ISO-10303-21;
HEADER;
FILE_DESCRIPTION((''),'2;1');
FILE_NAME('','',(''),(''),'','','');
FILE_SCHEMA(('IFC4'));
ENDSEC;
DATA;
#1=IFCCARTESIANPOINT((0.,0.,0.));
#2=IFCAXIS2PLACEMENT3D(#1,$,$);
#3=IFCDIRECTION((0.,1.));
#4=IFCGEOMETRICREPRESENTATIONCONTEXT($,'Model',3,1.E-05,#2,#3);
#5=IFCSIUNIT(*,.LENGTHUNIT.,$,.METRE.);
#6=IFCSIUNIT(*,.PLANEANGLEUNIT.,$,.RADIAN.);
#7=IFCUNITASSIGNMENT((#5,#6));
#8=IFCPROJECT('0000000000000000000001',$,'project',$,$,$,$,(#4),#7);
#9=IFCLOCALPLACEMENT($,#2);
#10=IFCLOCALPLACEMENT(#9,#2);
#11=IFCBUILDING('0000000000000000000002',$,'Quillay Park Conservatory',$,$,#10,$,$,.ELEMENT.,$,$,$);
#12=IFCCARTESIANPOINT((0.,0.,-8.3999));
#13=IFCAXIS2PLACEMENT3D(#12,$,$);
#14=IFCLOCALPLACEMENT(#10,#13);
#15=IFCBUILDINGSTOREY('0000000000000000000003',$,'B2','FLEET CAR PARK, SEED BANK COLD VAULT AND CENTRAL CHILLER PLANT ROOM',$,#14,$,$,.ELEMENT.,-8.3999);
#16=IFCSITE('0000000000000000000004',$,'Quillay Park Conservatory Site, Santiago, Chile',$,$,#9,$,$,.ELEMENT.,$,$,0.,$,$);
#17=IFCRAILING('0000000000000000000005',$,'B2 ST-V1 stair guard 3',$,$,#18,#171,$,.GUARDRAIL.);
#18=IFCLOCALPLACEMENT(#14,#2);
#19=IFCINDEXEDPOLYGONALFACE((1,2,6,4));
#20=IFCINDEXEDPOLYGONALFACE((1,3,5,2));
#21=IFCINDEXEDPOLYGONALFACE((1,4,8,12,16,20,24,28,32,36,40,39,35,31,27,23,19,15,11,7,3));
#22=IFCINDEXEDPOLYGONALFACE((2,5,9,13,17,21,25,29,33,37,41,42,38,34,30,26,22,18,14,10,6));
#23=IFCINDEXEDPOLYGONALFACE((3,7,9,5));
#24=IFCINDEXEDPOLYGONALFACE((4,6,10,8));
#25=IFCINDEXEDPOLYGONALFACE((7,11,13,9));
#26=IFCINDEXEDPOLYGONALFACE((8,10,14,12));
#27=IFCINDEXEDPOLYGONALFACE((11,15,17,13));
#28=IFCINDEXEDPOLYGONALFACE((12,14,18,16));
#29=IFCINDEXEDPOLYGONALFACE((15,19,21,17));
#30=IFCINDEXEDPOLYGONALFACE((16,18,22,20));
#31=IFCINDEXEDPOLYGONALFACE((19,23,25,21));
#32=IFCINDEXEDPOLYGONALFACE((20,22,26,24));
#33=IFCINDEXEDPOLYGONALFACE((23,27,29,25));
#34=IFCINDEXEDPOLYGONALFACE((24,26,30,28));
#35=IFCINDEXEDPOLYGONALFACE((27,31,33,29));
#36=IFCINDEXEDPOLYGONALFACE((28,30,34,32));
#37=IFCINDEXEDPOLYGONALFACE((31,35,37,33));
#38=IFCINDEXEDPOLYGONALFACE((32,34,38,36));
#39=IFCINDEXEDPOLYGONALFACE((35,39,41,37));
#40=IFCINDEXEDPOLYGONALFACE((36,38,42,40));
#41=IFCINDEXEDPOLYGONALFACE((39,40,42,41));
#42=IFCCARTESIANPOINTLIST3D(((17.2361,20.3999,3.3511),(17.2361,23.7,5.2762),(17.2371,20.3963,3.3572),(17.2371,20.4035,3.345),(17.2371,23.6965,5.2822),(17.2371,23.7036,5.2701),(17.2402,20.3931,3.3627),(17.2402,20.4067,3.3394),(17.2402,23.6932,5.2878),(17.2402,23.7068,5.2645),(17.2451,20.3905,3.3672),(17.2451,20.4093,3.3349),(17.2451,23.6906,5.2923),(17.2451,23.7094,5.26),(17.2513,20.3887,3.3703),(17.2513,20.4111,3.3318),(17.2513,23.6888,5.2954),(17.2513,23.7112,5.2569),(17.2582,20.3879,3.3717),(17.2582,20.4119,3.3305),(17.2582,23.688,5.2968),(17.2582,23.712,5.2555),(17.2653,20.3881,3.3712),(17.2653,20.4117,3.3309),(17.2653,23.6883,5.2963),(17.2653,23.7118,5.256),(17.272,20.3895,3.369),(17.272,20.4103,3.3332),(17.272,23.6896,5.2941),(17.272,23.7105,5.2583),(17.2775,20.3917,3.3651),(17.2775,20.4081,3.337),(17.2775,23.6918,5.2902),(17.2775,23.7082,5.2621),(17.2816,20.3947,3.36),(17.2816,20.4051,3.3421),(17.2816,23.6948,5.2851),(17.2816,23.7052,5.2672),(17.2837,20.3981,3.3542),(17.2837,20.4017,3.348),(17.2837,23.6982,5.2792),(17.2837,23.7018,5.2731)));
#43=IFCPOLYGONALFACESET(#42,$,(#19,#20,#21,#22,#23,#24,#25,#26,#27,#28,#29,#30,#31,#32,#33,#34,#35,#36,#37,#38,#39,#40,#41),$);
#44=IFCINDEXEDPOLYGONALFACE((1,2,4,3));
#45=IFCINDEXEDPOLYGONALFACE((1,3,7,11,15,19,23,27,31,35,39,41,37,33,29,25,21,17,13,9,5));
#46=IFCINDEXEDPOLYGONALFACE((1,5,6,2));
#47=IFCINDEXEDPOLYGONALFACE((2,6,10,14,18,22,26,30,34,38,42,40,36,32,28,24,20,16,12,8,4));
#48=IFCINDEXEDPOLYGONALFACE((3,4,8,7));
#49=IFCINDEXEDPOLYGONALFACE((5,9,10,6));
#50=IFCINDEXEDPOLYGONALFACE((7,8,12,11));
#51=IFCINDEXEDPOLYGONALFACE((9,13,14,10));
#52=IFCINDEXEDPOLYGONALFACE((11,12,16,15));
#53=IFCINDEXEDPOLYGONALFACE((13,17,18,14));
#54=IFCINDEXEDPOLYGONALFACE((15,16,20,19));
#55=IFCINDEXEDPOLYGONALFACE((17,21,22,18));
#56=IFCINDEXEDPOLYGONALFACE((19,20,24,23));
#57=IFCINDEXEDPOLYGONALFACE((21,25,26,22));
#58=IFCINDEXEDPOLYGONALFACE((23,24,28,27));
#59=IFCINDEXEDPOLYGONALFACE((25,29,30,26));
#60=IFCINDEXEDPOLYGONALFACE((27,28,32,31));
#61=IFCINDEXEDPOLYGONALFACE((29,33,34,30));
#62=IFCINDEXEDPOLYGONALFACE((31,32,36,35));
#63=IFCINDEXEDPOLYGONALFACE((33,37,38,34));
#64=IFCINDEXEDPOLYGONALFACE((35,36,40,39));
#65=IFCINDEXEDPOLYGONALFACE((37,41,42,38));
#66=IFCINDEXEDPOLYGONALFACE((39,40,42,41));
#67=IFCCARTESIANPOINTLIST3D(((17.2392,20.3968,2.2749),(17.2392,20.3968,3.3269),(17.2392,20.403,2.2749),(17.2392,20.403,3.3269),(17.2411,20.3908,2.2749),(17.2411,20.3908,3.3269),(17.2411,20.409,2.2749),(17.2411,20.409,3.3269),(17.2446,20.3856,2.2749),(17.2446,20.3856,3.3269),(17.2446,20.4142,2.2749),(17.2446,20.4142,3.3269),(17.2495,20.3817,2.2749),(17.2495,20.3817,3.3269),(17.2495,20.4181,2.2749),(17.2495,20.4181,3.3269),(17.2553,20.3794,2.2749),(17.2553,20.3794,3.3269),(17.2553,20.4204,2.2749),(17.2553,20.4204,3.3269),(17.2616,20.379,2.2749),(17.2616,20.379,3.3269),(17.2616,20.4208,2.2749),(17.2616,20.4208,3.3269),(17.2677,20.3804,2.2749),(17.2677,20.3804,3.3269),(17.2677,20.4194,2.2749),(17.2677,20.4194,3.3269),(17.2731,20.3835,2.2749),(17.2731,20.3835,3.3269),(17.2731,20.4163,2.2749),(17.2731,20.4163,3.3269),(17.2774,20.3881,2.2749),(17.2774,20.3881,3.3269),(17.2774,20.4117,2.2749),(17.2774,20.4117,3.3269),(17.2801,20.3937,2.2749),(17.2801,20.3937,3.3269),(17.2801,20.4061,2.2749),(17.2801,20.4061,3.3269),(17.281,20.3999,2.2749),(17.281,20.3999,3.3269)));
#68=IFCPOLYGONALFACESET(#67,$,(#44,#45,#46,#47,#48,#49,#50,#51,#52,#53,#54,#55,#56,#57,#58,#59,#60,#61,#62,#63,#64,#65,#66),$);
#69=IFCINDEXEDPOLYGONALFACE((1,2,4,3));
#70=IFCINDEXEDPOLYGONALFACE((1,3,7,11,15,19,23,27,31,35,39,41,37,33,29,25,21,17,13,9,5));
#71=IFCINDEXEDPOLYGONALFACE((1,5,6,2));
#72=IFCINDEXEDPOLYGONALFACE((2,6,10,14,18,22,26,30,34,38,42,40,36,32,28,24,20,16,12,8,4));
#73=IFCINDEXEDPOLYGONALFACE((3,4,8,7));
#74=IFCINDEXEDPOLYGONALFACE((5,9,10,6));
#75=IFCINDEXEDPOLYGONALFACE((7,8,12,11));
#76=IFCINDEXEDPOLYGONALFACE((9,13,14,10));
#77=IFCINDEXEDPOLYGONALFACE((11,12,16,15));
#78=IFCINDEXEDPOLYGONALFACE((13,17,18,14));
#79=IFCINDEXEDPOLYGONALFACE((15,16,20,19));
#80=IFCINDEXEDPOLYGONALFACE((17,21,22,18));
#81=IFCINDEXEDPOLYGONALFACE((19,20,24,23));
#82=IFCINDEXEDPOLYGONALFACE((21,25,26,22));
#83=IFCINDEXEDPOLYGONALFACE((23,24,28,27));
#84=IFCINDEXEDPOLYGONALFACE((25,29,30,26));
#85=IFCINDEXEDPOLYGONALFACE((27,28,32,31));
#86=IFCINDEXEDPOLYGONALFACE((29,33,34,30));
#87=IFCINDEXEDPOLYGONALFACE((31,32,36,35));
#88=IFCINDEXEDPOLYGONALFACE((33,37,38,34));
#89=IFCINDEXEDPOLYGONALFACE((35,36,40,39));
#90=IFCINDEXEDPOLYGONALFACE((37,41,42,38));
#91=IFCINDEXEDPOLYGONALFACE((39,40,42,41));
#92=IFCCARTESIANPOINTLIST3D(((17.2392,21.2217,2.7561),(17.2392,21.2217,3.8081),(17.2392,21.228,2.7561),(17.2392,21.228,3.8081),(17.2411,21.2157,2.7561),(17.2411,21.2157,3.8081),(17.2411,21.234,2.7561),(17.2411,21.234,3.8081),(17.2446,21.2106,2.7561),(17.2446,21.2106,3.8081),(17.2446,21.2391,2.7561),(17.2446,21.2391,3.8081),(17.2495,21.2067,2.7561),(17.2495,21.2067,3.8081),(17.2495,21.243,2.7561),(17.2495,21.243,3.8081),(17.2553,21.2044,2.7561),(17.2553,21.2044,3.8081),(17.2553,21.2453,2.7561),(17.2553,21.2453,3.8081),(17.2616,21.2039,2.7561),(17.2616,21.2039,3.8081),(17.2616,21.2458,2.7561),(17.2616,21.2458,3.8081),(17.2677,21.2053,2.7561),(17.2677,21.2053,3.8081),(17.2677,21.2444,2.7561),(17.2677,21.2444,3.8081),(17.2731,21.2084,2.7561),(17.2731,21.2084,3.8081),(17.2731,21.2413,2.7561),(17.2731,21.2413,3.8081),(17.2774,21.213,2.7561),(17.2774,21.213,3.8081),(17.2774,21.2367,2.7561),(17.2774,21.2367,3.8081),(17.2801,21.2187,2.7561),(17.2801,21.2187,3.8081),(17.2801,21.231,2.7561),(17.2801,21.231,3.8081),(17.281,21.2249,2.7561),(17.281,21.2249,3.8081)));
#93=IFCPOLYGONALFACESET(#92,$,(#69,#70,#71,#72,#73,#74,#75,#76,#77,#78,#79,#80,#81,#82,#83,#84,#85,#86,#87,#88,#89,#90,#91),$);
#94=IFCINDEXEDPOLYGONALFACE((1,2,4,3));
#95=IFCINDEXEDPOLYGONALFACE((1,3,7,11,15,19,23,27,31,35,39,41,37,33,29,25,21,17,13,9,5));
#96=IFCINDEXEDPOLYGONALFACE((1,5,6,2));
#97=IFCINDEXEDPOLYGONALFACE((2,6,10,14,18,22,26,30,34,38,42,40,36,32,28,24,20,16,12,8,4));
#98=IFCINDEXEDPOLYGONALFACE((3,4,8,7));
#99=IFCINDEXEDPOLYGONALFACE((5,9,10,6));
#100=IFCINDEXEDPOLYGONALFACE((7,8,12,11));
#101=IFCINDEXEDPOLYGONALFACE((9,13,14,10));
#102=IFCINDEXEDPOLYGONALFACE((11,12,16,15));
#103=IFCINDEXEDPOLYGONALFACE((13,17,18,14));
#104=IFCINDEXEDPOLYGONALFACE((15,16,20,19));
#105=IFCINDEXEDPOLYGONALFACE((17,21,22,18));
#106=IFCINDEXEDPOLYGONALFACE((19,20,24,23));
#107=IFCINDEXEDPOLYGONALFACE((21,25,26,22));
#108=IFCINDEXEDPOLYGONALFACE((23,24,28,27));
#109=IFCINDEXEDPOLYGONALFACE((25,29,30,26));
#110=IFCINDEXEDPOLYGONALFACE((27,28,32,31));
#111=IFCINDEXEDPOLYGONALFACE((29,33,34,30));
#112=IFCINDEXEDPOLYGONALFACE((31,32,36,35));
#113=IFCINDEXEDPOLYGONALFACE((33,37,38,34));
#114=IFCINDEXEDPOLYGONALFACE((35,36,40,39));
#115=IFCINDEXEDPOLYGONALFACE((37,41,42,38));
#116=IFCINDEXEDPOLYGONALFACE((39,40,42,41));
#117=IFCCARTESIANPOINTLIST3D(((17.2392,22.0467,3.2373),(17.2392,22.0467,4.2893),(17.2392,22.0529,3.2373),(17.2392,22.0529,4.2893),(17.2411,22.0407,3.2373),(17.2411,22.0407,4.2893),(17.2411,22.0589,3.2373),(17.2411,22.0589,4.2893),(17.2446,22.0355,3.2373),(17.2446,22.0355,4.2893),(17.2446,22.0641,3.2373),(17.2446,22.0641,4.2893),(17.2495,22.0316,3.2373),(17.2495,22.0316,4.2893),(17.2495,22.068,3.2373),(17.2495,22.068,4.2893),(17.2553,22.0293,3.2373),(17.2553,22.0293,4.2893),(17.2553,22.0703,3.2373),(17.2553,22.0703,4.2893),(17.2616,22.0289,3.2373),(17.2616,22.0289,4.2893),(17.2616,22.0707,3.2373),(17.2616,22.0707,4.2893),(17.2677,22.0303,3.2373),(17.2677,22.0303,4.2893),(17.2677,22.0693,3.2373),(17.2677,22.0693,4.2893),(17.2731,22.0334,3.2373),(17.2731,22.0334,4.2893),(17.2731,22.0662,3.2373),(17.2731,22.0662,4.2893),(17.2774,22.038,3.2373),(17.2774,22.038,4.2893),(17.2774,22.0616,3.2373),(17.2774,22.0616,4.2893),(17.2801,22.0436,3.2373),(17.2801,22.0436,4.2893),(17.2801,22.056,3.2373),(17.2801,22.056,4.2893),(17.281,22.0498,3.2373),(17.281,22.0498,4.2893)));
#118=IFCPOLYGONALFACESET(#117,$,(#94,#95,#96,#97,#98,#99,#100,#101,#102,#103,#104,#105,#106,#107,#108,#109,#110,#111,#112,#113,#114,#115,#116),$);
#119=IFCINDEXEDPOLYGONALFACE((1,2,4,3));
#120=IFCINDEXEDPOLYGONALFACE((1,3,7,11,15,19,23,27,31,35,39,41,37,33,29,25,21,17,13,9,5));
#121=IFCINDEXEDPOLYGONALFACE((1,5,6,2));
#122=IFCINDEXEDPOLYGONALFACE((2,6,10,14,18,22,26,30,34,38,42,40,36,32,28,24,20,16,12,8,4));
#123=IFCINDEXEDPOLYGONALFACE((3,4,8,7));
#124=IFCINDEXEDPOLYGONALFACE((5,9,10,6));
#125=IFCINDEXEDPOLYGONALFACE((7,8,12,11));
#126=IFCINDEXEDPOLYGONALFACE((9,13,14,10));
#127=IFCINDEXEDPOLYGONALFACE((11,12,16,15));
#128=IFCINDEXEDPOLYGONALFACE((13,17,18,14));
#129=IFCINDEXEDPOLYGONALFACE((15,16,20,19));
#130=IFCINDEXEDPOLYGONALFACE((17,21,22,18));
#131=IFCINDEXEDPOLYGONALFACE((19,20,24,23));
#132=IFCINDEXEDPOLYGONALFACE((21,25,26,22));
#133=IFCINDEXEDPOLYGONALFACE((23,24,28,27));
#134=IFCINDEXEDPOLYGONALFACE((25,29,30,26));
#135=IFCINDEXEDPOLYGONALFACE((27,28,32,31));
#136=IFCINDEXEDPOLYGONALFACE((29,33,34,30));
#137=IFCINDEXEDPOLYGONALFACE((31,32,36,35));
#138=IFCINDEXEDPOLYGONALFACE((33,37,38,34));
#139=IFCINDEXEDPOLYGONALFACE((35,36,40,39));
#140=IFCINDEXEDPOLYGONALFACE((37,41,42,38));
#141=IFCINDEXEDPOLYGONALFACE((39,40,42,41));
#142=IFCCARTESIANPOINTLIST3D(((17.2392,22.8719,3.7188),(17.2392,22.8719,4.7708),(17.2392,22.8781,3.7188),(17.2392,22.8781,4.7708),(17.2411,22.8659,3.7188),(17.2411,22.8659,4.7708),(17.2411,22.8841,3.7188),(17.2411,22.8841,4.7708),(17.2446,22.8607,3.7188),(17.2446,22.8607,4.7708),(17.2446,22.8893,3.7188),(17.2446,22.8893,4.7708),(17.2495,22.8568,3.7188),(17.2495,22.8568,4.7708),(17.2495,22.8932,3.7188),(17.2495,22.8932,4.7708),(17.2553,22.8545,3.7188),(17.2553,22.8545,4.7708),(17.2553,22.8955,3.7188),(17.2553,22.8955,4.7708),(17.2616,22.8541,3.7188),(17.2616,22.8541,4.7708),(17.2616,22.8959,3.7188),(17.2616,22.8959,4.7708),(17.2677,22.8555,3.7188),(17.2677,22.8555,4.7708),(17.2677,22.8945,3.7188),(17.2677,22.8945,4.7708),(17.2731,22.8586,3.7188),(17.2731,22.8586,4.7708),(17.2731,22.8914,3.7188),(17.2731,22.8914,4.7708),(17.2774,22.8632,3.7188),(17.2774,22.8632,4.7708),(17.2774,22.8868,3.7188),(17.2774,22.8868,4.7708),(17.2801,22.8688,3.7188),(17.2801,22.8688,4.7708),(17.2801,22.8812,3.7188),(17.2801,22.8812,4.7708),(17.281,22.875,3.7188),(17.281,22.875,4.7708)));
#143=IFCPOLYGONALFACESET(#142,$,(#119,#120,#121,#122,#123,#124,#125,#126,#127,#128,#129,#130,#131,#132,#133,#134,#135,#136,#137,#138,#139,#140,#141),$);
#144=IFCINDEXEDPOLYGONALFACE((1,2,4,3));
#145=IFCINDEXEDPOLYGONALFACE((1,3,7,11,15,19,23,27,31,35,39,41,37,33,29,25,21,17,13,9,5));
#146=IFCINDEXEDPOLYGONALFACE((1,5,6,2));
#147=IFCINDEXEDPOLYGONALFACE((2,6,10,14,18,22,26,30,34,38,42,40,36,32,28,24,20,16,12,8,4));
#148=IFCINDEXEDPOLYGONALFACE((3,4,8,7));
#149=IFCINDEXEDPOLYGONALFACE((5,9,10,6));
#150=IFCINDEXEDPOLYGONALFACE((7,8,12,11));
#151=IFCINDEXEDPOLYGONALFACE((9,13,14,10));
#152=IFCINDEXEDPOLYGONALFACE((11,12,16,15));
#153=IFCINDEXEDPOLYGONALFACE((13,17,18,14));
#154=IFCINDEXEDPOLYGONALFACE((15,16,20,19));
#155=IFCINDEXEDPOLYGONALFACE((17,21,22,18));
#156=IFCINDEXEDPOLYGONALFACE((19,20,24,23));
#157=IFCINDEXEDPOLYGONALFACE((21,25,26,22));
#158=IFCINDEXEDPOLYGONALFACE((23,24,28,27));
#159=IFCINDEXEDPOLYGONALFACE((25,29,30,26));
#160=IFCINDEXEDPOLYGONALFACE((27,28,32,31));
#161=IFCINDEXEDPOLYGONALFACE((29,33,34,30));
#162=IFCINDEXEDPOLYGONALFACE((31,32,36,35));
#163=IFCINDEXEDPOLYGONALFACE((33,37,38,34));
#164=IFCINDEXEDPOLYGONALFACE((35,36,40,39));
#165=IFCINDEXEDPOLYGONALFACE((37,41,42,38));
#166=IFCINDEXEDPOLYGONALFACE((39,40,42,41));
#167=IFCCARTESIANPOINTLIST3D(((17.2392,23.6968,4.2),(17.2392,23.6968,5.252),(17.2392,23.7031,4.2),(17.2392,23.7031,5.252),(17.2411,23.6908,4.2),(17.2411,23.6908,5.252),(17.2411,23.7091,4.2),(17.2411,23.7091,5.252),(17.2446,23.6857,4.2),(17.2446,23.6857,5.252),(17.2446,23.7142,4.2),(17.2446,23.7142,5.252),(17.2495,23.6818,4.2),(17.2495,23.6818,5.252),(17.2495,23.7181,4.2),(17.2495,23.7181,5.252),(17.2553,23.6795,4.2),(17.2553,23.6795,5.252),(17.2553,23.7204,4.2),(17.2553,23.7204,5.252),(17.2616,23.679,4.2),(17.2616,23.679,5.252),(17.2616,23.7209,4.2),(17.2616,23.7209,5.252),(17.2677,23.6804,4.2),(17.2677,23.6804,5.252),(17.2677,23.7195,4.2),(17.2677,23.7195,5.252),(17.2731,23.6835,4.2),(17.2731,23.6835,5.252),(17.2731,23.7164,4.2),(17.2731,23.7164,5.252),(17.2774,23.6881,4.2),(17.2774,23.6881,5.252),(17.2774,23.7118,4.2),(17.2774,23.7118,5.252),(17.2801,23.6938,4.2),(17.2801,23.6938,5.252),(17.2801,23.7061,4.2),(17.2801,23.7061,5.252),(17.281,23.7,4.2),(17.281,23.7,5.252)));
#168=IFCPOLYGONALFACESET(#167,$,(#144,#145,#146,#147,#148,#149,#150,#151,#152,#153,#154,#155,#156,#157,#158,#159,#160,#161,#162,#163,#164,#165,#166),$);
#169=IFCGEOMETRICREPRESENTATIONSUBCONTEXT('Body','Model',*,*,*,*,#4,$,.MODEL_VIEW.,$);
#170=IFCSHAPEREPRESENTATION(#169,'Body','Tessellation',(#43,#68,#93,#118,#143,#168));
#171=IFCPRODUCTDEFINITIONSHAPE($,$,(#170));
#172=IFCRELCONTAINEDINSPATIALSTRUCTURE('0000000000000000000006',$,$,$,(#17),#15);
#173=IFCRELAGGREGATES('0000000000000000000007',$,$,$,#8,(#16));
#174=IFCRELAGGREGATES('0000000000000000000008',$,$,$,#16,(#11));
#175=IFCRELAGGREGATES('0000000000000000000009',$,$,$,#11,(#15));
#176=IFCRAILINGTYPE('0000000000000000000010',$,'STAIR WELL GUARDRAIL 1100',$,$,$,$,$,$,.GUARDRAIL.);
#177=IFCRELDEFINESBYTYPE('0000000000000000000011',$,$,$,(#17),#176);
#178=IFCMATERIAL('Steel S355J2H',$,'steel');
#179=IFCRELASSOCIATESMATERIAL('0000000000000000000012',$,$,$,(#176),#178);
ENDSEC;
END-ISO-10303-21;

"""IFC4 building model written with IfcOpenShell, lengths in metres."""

from ifc_helpers import new_model, si_unit, direction, frame, origin, origin_2d, place, context, subcontext, project, spatial, circle, extrude, material, type_object, element, save


model = new_model("IFC4")

# Units and contexts
model_context = context("Model", 3, precision=1e-05, world=origin(), true_north=direction((0.0, 1.0)))
body_context = subcontext(model_context, "Body", "Model", "MODEL_VIEW")
ifc_project = project(units=[si_unit("LENGTHUNIT", "METRE"), si_unit("PLANEANGLEUNIT", "RADIAN")], contexts=[model_context])

# Site, building, storey
site_placement = place(None, origin())
site = spatial("IfcSite", under=ifc_project, at=site_placement, Name="Quillay Park Conservatory Site, Santiago, Chile", CompositionType="ELEMENT", RefElevation=0.0)
building_placement = place(site_placement, origin())
building = spatial("IfcBuilding", under=site, at=building_placement, Name="Quillay Park Conservatory", CompositionType="ELEMENT")
storey_placement = place(building_placement, frame((0.0, 0.0, -8.3999)))
storey = spatial("IfcBuildingStorey", under=building, at=storey_placement, Name="B2", Description="FLEET CAR PARK, SEED BANK COLD VAULT AND CENTRAL CHILLER PLANT ROOM", CompositionType="ELEMENT", Elevation=-8.3999)

# Railing
ifc_material_1 = material(Name="Steel S355J2H", Category="steel")
railing_type_1 = type_object("IfcRailingType", Name="STAIR WELL GUARDRAIL 1100", PredefinedType="GUARDRAIL", material=ifc_material_1)
railing_1_placement = place(storey_placement, frame((17.26, 20.3999, 2.2749)))
element("IfcRailing", 1, at=railing_1_placement, inside=storey, type_object=railing_type_1, Name="B2 ST-V1 stair guard 3", PredefinedType="GUARDRAIL", context=body_context, shape_type="SweptSolid", body=[
    extrude(circle(Radius=0.0239, at=origin_2d()), frame((0.0, 0.0, 1.0762), z_axis=(0.0, 0.863777, 0.503875), x_axis=(-1.0, 0.0, 0.0)), (0.0, 0.0, 1.0), 3.8206),
    extrude(circle(Radius=0.021, at=origin_2d()), origin(), (0.0, 0.0, 1.0), 1.052),
    extrude(circle(Radius=0.021, at=origin_2d()), frame((0.0, 0.825, 0.4812)), (0.0, 0.0, 1.0), 1.052),
    extrude(circle(Radius=0.021, at=origin_2d()), frame((0.0, 1.6499, 0.9624)), (0.0, 0.0, 1.0), 1.052),
    extrude(circle(Radius=0.021, at=origin_2d()), frame((0.0, 2.4751, 1.4438)), (0.0, 0.0, 1.0), 1.052),
    extrude(circle(Radius=0.021, at=origin_2d()), frame((0.0, 3.3, 1.925)), (0.0, 0.0, 1.0), 1.052),
])

save(model, "model.ifc")
